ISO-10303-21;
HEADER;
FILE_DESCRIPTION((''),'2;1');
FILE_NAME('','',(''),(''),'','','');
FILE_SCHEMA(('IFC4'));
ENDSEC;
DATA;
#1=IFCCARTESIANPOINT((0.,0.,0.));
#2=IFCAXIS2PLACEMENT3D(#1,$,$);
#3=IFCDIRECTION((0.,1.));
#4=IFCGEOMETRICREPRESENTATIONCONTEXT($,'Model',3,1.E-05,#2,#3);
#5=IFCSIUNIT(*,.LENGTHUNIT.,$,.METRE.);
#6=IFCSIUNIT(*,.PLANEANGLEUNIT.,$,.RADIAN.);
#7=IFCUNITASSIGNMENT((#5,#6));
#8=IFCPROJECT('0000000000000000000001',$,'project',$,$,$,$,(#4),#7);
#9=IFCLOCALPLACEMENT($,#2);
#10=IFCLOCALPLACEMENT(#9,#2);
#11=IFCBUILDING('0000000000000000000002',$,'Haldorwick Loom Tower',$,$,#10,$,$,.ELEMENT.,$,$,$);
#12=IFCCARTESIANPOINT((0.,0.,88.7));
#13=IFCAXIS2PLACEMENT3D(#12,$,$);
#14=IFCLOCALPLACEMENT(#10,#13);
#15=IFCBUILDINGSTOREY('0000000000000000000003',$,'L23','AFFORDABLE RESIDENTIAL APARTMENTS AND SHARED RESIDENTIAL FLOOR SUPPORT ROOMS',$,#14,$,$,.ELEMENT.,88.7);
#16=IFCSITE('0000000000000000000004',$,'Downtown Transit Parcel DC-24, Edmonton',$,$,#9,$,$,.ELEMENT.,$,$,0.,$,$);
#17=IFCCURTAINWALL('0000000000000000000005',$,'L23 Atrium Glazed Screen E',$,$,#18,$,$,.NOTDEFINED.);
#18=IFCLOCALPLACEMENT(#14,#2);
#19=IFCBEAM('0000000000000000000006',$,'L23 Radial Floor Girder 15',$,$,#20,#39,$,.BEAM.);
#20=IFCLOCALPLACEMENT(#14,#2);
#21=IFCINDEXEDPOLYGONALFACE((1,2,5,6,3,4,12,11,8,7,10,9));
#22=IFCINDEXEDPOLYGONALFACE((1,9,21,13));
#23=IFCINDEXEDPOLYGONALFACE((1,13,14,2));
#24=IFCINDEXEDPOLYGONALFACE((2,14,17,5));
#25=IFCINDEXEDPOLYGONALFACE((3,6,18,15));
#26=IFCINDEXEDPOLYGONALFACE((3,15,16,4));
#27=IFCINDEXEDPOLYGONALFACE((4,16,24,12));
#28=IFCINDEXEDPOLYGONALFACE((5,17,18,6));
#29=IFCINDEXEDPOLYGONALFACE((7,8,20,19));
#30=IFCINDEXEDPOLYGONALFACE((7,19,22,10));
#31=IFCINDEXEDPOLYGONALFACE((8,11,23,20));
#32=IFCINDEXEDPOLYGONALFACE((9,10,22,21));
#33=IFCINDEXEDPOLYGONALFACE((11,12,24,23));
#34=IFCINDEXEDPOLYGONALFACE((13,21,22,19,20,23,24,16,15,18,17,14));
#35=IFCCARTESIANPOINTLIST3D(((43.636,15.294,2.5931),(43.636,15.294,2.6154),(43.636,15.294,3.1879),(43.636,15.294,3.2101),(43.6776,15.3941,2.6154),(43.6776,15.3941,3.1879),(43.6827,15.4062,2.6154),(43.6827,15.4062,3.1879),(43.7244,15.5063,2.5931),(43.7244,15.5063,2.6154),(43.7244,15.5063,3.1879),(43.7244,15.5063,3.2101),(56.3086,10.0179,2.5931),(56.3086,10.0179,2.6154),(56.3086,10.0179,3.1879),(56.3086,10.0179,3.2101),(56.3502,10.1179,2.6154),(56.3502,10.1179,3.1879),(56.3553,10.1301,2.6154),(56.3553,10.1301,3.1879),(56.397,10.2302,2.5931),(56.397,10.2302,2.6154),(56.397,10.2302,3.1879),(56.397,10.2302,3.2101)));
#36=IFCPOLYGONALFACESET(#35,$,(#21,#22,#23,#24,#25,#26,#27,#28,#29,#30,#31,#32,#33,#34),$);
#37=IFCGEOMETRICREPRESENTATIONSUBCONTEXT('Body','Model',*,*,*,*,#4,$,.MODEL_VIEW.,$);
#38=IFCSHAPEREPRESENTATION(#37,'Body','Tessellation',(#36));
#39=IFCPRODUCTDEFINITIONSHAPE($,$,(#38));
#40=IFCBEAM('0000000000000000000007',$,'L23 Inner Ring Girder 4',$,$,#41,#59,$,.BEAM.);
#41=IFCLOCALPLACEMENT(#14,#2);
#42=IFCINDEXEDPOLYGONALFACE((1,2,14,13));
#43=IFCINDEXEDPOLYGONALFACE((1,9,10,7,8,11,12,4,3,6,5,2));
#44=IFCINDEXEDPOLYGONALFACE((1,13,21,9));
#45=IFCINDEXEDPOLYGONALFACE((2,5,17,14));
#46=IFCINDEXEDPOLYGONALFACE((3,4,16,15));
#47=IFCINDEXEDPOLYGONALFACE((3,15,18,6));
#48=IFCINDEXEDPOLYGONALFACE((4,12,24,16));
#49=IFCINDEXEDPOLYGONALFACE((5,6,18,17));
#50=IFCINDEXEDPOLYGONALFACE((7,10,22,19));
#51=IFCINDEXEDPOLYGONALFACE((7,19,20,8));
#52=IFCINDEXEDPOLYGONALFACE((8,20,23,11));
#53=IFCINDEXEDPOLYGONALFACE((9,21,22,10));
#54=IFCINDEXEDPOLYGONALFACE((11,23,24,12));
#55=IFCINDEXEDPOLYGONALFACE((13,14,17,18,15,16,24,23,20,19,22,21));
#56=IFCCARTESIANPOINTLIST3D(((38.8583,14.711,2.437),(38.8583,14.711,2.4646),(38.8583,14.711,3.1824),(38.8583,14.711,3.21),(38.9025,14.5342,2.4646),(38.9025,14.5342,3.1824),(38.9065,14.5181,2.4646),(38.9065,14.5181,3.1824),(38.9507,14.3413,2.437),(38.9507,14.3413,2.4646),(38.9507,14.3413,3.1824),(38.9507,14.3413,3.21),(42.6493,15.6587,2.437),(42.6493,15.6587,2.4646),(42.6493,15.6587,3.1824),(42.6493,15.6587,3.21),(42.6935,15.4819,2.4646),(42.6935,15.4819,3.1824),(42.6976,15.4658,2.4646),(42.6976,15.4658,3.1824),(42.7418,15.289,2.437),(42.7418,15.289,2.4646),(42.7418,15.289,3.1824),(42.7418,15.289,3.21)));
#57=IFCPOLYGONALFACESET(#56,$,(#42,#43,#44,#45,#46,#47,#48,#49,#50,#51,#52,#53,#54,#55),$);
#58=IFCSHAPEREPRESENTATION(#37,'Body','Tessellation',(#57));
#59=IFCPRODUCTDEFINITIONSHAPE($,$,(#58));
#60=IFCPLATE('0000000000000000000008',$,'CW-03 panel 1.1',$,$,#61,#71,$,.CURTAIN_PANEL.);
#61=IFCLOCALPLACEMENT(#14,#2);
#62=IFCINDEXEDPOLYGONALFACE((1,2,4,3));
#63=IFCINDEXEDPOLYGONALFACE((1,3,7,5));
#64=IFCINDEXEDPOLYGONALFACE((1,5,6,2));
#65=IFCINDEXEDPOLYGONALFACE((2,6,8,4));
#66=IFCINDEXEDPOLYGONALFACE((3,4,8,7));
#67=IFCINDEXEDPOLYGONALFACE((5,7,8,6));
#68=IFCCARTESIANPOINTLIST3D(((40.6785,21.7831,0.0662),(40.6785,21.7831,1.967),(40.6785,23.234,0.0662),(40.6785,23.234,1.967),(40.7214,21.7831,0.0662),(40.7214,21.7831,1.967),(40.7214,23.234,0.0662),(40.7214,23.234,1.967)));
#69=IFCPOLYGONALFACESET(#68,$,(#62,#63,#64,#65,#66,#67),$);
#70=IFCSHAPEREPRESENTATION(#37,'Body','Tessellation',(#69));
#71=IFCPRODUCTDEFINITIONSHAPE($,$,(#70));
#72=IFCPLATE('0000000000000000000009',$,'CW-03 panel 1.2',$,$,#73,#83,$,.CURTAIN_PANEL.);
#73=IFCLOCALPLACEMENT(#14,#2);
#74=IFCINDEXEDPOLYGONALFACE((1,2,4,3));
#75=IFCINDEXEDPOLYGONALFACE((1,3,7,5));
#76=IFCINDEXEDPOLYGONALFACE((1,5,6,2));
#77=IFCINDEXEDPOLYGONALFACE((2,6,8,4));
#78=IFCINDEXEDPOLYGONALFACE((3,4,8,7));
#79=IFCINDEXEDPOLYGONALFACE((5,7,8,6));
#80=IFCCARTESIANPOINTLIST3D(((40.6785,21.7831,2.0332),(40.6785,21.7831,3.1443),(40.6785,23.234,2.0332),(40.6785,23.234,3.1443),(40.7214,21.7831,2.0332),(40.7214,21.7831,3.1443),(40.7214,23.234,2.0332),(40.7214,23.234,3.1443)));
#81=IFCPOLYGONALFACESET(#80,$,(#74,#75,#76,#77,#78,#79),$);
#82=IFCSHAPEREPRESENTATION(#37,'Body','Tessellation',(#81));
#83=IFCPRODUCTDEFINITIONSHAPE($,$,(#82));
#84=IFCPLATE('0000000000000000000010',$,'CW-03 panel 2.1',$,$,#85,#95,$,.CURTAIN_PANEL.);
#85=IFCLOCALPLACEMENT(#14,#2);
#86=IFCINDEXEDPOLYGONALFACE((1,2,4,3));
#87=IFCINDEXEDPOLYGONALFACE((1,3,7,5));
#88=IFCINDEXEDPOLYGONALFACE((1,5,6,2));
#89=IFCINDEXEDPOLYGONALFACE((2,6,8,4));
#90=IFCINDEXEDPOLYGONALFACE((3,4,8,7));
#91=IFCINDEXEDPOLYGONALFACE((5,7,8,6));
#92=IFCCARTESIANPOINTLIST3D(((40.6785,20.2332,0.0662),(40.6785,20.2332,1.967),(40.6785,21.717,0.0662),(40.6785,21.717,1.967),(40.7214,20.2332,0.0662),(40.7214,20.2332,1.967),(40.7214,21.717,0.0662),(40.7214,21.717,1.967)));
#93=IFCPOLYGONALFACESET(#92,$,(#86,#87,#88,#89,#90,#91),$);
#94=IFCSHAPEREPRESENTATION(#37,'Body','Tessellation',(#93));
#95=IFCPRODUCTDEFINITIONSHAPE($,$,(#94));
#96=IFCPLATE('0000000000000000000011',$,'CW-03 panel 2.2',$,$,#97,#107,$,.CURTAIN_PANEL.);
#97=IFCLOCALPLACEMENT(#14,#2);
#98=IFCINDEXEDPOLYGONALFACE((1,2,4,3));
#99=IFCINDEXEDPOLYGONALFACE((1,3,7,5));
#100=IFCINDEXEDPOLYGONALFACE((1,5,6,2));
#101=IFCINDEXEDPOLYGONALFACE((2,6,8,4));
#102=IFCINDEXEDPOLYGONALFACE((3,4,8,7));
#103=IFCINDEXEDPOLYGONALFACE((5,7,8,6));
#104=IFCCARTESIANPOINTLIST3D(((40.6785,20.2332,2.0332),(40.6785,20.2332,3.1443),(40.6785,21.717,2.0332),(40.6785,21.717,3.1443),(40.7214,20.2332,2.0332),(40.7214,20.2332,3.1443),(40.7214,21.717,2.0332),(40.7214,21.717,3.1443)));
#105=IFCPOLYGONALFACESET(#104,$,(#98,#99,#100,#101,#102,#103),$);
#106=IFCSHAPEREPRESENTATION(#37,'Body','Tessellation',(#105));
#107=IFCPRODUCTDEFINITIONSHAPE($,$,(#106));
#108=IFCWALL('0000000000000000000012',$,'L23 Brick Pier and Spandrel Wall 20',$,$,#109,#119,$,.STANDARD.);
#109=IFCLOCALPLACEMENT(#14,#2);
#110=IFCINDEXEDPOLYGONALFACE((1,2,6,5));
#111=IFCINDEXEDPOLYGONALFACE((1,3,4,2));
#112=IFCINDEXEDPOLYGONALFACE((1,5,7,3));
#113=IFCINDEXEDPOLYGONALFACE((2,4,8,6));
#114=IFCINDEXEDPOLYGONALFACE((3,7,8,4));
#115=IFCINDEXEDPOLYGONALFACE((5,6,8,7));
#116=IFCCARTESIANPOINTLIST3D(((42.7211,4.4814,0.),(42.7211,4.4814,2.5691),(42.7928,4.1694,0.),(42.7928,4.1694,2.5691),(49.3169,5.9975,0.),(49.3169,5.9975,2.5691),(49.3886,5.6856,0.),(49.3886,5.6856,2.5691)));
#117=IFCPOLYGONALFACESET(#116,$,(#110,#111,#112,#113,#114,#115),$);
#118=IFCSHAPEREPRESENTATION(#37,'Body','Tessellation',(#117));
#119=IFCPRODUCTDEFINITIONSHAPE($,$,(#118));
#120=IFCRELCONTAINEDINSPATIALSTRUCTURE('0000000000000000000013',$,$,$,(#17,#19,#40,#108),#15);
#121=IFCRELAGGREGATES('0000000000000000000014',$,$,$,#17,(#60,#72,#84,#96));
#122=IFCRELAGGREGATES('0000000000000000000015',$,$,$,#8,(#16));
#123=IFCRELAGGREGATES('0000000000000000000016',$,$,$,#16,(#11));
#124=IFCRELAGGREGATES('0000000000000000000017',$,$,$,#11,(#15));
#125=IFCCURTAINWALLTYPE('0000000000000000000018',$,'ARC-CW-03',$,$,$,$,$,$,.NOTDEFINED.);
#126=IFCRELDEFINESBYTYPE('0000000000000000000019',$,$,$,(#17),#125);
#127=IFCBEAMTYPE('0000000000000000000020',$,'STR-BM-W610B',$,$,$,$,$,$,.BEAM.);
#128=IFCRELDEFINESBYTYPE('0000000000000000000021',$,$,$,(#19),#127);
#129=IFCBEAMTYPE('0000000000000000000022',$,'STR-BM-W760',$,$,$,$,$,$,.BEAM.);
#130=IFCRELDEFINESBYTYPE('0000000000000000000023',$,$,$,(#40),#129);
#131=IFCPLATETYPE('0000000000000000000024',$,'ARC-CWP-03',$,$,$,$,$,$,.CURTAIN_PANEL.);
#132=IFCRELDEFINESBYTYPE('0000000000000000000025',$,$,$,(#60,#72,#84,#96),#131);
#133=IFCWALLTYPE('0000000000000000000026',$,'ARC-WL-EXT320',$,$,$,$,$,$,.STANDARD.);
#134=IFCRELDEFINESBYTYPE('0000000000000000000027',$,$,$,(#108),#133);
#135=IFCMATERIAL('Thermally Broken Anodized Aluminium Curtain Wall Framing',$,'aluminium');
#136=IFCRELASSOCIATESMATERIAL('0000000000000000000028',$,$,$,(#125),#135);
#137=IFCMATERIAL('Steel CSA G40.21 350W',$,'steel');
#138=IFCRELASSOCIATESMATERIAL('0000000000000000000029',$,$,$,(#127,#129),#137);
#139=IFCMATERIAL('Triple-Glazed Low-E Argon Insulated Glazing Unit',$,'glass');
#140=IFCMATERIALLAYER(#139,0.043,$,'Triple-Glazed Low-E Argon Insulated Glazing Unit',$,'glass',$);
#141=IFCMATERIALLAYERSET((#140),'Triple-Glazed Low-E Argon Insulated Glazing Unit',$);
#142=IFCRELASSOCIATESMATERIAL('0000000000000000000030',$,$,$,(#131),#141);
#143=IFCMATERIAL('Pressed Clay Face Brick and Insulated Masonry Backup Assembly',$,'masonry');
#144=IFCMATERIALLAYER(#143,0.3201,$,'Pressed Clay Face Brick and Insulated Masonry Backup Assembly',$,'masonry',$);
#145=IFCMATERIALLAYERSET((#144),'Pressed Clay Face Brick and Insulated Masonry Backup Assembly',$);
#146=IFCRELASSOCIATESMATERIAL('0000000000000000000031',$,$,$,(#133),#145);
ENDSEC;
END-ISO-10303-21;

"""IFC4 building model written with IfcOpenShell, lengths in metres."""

from ifc_helpers import new_model, si_unit, direction, frame, frame_2d, origin, origin_2d, place, context, subcontext, project, spatial, rectangle, i_section, extrude, material, layer, layer_set, material_profile, profile_set, type_object, element, aggregate, save


model = new_model("IFC4")

# Units and contexts
model_context = context("Model", 3, precision=1e-05, world=origin(), true_north=direction((0.0, 1.0)))
body_context = subcontext(model_context, "Body", "Model", "MODEL_VIEW")
ifc_project = project(units=[si_unit("LENGTHUNIT", "METRE"), si_unit("PLANEANGLEUNIT", "RADIAN")], contexts=[model_context])

# Site, building, storey
site_placement = place(None, origin())
site = spatial("IfcSite", under=ifc_project, at=site_placement, Name="Downtown Transit Parcel DC-24, Edmonton", CompositionType="ELEMENT", RefElevation=0.0)
building_placement = place(site_placement, origin())
building = spatial("IfcBuilding", under=site, at=building_placement, Name="Haldorwick Loom Tower", CompositionType="ELEMENT")
storey_placement = place(building_placement, frame((0.0, 0.0, 88.7)))
storey = spatial("IfcBuildingStorey", under=building, at=storey_placement, Name="L23", Description="AFFORDABLE RESIDENTIAL APARTMENTS AND SHARED RESIDENTIAL FLOOR SUPPORT ROOMS", CompositionType="ELEMENT", Elevation=88.7)

# Curtain wall
ifc_material_1 = material(Name="Thermally Broken Anodized Aluminium Curtain Wall Framing", Category="aluminium")
curtain_wall_type = type_object("IfcCurtainWallType", Name="ARC-CW-03", PredefinedType="NOTDEFINED", material=ifc_material_1)
curtain_wall_placement = place(storey_placement, origin())
curtain_wall = element("IfcCurtainWall", 1, at=curtain_wall_placement, inside=storey, type_object=curtain_wall_type, Name="L23 Atrium Glazed Screen E", PredefinedType="NOTDEFINED")

# Beams
ifc_material_2 = material(Name="Steel CSA G40.21 350W", Category="steel")
ifc_material_profile_1 = material_profile(ifc_material_2, i_section(OverallWidth=0.23, OverallDepth=0.6169, WebThickness=0.0132, FlangeThickness=0.0222, at=origin_2d()), Name="W610X140", Category="steel")
ifc_profile_set_1 = profile_set([ifc_material_profile_1], Name="Steel CSA G40.21 350W")
beam_type_1 = type_object("IfcBeamType", Name="STR-BM-W610B", PredefinedType="BEAM", material=ifc_profile_set_1)
beam_1_placement = place(storey_placement, frame((43.6802, 15.4001, 2.9016), z_axis=(0.923184, -0.384359, 0.0), x_axis=(0.384359, 0.923184, 0.0)))
element("IfcBeam", 2, at=beam_1_placement, inside=storey, type_object=beam_type_1, Name="L23 Radial Floor Girder 15", PredefinedType="BEAM", context=body_context, shape_type="SweptSolid", body=[
    extrude(i_section(OverallWidth=0.23, OverallDepth=0.6169, WebThickness=0.0132, FlangeThickness=0.0222, at=origin_2d()), origin(), (0.0, 0.0, 1.0), 13.7271),
])
ifc_material_profile_2 = material_profile(ifc_material_2, i_section(OverallWidth=0.3811, OverallDepth=0.7729, WebThickness=0.0166, FlangeThickness=0.0276, at=origin_2d()), Name="W760X257", Category="steel")
ifc_profile_set_2 = profile_set([ifc_material_profile_2], Name="Steel CSA G40.21 350W")
beam_type_2 = type_object("IfcBeamType", Name="STR-BM-W760", PredefinedType="BEAM", material=ifc_profile_set_2)
beam_2_placement = place(storey_placement, frame((42.6956, 15.4739, 2.8235), z_axis=(-0.970143, -0.242536, 0.0), x_axis=(0.242536, -0.970143, 0.0)))
element("IfcBeam", 3, at=beam_2_placement, inside=storey, type_object=beam_type_2, Name="L23 Inner Ring Girder 4", PredefinedType="BEAM", context=body_context, shape_type="SweptSolid", body=[
    extrude(i_section(OverallWidth=0.3811, OverallDepth=0.7729, WebThickness=0.0166, FlangeThickness=0.0276, at=origin_2d()), origin(), (0.0, 0.0, 1.0), 3.9077),
])

# Plates
ifc_material_3 = material(Name="Triple-Glazed Low-E Argon Insulated Glazing Unit", Category="glass")
ifc_layer_1 = layer(ifc_material_3, 0.043, Name="Triple-Glazed Low-E Argon Insulated Glazing Unit", Category="glass")
ifc_layer_set_1 = layer_set([ifc_layer_1], Name="Triple-Glazed Low-E Argon Insulated Glazing Unit")
plate_type = type_object("IfcPlateType", Name="ARC-CWP-03", PredefinedType="CURTAIN_PANEL", material=ifc_layer_set_1)
plate_1_placement = place(storey_placement, frame((40.7, 22.5085, 0.0662), z_axis=(0.0, 0.0, 1.0), x_axis=(0.0, -1.0, 0.0)))
plate_1 = element("IfcPlate", 4, at=plate_1_placement, type_object=plate_type, Name="CW-03 panel 1.1", PredefinedType="CURTAIN_PANEL", context=body_context, shape_type="SweptSolid", body=[
    extrude(rectangle(XDim=1.4509, YDim=0.043, at=origin_2d()), origin(), (0.0, 0.0, 1.0), 1.9009),
])
plate_2_placement = place(storey_placement, frame((40.7, 22.5085, 2.0332), z_axis=(0.0, 0.0, 1.0), x_axis=(0.0, -1.0, 0.0)))
plate_2 = element("IfcPlate", 5, at=plate_2_placement, type_object=plate_type, Name="CW-03 panel 1.2", PredefinedType="CURTAIN_PANEL", context=body_context, shape_type="SweptSolid", body=[
    extrude(rectangle(XDim=1.4509, YDim=0.043, at=origin_2d()), origin(), (0.0, 0.0, 1.0), 1.1111),
])
plate_3_placement = place(storey_placement, frame((40.7, 20.9751, 0.0662), z_axis=(0.0, 0.0, 1.0), x_axis=(0.0, -1.0, 0.0)))
plate_3 = element("IfcPlate", 6, at=plate_3_placement, type_object=plate_type, Name="CW-03 panel 2.1", PredefinedType="CURTAIN_PANEL", context=body_context, shape_type="SweptSolid", body=[
    extrude(rectangle(XDim=1.4839, YDim=0.043, at=origin_2d()), origin(), (0.0, 0.0, 1.0), 1.9009),
])
plate_4_placement = place(storey_placement, frame((40.7, 20.9751, 2.0332), z_axis=(0.0, 0.0, 1.0), x_axis=(0.0, -1.0, 0.0)))
plate_4 = element("IfcPlate", 7, at=plate_4_placement, type_object=plate_type, Name="CW-03 panel 2.2", PredefinedType="CURTAIN_PANEL", context=body_context, shape_type="SweptSolid", body=[
    extrude(rectangle(XDim=1.4839, YDim=0.043, at=origin_2d()), origin(), (0.0, 0.0, 1.0), 1.1111),
])
aggregate(curtain_wall, [plate_1, plate_2, plate_3, plate_4])

# Wall
ifc_material_4 = material(Name="Pressed Clay Face Brick and Insulated Masonry Backup Assembly", Category="masonry")
ifc_layer_2 = layer(ifc_material_4, 0.3201, Name="Pressed Clay Face Brick and Insulated Masonry Backup Assembly", Category="masonry")
ifc_layer_set_2 = layer_set([ifc_layer_2], Name="Pressed Clay Face Brick and Insulated Masonry Backup Assembly")
wall_type_1 = type_object("IfcWallType", Name="ARC-WL-EXT320", PredefinedType="STANDARD", material=ifc_layer_set_2)
wall_1_placement = place(storey_placement, frame((42.7571, 4.3254, 0.0), z_axis=(0.0, 0.0, 1.0), x_axis=(0.974584, 0.224022, 0.0)))
element("IfcWall", 8, at=wall_1_placement, inside=storey, type_object=wall_type_1, Name="L23 Brick Pier and Spandrel Wall 20", PredefinedType="STANDARD", context=body_context, shape_type="SweptSolid", body=[
    extrude(rectangle(XDim=6.7678, YDim=0.3201, at=frame_2d((3.3838, 0.0))), origin(), (0.0, 0.0, 1.0), 2.5691),
])

save(model, "model.ifc")
